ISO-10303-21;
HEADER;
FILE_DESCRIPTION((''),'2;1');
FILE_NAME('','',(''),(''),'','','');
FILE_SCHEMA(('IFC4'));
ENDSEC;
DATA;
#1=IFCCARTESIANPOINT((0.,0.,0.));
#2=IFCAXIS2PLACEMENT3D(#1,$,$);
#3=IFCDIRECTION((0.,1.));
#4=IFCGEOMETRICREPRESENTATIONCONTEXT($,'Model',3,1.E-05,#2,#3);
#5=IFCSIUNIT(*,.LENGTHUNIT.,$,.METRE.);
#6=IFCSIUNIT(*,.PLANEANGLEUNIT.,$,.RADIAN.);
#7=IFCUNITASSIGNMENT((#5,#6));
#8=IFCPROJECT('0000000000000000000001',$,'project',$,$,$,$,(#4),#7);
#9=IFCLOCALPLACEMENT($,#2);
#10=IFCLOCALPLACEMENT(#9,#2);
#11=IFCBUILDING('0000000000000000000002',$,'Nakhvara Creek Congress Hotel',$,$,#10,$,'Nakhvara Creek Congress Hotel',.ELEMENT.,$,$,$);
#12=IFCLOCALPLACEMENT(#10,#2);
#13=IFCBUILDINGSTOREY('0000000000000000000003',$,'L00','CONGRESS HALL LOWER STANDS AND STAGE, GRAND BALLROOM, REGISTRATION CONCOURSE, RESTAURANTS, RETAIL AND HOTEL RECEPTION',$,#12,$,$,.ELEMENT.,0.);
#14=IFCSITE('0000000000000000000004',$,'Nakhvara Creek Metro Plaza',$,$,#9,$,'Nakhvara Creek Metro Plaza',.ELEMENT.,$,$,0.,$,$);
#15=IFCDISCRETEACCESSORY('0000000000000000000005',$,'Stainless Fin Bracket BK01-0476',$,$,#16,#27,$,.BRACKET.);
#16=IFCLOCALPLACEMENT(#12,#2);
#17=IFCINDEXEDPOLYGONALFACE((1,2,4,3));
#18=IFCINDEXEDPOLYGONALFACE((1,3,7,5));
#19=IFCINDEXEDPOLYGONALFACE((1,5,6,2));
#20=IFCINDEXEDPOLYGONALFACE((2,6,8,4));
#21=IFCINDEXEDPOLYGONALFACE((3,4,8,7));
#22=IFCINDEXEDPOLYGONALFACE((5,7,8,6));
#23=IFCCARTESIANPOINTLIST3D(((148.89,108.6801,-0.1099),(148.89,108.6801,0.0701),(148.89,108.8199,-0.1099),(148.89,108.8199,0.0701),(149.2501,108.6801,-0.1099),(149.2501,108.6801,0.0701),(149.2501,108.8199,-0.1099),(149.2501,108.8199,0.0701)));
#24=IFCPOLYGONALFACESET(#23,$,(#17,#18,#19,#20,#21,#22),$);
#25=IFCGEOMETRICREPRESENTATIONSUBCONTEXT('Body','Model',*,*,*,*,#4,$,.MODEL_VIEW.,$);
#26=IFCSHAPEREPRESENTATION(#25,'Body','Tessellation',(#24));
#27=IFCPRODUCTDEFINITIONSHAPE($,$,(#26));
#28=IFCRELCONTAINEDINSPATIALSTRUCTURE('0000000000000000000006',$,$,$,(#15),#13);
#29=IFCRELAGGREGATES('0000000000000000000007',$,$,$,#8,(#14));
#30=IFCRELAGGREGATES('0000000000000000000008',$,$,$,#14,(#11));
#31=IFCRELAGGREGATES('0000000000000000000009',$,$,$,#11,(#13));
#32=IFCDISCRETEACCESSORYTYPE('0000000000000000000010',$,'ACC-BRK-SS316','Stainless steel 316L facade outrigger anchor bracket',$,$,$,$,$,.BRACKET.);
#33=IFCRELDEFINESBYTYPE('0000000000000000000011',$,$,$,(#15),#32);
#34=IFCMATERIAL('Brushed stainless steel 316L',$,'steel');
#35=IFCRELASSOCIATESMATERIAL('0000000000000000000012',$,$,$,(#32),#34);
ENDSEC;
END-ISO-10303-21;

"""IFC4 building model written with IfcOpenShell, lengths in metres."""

from ifc_helpers import new_model, si_unit, direction, frame, origin, origin_2d, place, context, subcontext, project, spatial, rectangle, extrude, material, type_object, element, save


model = new_model("IFC4")

# Units and contexts
model_context = context("Model", 3, precision=1e-05, world=origin(), true_north=direction((0.0, 1.0)))
body_context = subcontext(model_context, "Body", "Model", "MODEL_VIEW")
ifc_project = project(units=[si_unit("LENGTHUNIT", "METRE"), si_unit("PLANEANGLEUNIT", "RADIAN")], contexts=[model_context])

# Site, building, storey
site_placement = place(None, origin())
site = spatial("IfcSite", under=ifc_project, at=site_placement, Name="Nakhvara Creek Metro Plaza", LongName="Nakhvara Creek Metro Plaza", CompositionType="ELEMENT", RefElevation=0.0)
building_placement = place(site_placement, origin())
building = spatial("IfcBuilding", under=site, at=building_placement, Name="Nakhvara Creek Congress Hotel", LongName="Nakhvara Creek Congress Hotel", CompositionType="ELEMENT")
storey_placement = place(building_placement, origin())
storey = spatial("IfcBuildingStorey", under=building, at=storey_placement, Name="L00", Description="CONGRESS HALL LOWER STANDS AND STAGE, GRAND BALLROOM, REGISTRATION CONCOURSE, RESTAURANTS, RETAIL AND HOTEL RECEPTION", CompositionType="ELEMENT", Elevation=0.0)

# Discrete accessory
ifc_material_1 = material(Name="Brushed stainless steel 316L", Category="steel")
discrete_accessory_type = type_object("IfcDiscreteAccessoryType", Name="ACC-BRK-SS316", Description="Stainless steel 316L facade outrigger anchor bracket", PredefinedType="BRACKET", material=ifc_material_1)
for number, where, z_axis, x_axis, name in (
    (1, (149.0701, 108.75, -0.1099), (0.0, 0.0, 1.0), (0.0, 1.0, 0.0), "Stainless Fin Bracket BK01-0476"),
):
    element("IfcDiscreteAccessory", number, at=place(storey_placement, frame(where, z_axis=z_axis, x_axis=x_axis)), inside=storey, type_object=discrete_accessory_type, Name=name, PredefinedType="BRACKET", context=body_context, shape_type="SweptSolid", body=[
        extrude(rectangle(XDim=0.1399, YDim=0.3601, at=origin_2d()), origin(), (0.0, 0.0, 1.0), 0.1799),
    ])

save(model, "model.ifc")
